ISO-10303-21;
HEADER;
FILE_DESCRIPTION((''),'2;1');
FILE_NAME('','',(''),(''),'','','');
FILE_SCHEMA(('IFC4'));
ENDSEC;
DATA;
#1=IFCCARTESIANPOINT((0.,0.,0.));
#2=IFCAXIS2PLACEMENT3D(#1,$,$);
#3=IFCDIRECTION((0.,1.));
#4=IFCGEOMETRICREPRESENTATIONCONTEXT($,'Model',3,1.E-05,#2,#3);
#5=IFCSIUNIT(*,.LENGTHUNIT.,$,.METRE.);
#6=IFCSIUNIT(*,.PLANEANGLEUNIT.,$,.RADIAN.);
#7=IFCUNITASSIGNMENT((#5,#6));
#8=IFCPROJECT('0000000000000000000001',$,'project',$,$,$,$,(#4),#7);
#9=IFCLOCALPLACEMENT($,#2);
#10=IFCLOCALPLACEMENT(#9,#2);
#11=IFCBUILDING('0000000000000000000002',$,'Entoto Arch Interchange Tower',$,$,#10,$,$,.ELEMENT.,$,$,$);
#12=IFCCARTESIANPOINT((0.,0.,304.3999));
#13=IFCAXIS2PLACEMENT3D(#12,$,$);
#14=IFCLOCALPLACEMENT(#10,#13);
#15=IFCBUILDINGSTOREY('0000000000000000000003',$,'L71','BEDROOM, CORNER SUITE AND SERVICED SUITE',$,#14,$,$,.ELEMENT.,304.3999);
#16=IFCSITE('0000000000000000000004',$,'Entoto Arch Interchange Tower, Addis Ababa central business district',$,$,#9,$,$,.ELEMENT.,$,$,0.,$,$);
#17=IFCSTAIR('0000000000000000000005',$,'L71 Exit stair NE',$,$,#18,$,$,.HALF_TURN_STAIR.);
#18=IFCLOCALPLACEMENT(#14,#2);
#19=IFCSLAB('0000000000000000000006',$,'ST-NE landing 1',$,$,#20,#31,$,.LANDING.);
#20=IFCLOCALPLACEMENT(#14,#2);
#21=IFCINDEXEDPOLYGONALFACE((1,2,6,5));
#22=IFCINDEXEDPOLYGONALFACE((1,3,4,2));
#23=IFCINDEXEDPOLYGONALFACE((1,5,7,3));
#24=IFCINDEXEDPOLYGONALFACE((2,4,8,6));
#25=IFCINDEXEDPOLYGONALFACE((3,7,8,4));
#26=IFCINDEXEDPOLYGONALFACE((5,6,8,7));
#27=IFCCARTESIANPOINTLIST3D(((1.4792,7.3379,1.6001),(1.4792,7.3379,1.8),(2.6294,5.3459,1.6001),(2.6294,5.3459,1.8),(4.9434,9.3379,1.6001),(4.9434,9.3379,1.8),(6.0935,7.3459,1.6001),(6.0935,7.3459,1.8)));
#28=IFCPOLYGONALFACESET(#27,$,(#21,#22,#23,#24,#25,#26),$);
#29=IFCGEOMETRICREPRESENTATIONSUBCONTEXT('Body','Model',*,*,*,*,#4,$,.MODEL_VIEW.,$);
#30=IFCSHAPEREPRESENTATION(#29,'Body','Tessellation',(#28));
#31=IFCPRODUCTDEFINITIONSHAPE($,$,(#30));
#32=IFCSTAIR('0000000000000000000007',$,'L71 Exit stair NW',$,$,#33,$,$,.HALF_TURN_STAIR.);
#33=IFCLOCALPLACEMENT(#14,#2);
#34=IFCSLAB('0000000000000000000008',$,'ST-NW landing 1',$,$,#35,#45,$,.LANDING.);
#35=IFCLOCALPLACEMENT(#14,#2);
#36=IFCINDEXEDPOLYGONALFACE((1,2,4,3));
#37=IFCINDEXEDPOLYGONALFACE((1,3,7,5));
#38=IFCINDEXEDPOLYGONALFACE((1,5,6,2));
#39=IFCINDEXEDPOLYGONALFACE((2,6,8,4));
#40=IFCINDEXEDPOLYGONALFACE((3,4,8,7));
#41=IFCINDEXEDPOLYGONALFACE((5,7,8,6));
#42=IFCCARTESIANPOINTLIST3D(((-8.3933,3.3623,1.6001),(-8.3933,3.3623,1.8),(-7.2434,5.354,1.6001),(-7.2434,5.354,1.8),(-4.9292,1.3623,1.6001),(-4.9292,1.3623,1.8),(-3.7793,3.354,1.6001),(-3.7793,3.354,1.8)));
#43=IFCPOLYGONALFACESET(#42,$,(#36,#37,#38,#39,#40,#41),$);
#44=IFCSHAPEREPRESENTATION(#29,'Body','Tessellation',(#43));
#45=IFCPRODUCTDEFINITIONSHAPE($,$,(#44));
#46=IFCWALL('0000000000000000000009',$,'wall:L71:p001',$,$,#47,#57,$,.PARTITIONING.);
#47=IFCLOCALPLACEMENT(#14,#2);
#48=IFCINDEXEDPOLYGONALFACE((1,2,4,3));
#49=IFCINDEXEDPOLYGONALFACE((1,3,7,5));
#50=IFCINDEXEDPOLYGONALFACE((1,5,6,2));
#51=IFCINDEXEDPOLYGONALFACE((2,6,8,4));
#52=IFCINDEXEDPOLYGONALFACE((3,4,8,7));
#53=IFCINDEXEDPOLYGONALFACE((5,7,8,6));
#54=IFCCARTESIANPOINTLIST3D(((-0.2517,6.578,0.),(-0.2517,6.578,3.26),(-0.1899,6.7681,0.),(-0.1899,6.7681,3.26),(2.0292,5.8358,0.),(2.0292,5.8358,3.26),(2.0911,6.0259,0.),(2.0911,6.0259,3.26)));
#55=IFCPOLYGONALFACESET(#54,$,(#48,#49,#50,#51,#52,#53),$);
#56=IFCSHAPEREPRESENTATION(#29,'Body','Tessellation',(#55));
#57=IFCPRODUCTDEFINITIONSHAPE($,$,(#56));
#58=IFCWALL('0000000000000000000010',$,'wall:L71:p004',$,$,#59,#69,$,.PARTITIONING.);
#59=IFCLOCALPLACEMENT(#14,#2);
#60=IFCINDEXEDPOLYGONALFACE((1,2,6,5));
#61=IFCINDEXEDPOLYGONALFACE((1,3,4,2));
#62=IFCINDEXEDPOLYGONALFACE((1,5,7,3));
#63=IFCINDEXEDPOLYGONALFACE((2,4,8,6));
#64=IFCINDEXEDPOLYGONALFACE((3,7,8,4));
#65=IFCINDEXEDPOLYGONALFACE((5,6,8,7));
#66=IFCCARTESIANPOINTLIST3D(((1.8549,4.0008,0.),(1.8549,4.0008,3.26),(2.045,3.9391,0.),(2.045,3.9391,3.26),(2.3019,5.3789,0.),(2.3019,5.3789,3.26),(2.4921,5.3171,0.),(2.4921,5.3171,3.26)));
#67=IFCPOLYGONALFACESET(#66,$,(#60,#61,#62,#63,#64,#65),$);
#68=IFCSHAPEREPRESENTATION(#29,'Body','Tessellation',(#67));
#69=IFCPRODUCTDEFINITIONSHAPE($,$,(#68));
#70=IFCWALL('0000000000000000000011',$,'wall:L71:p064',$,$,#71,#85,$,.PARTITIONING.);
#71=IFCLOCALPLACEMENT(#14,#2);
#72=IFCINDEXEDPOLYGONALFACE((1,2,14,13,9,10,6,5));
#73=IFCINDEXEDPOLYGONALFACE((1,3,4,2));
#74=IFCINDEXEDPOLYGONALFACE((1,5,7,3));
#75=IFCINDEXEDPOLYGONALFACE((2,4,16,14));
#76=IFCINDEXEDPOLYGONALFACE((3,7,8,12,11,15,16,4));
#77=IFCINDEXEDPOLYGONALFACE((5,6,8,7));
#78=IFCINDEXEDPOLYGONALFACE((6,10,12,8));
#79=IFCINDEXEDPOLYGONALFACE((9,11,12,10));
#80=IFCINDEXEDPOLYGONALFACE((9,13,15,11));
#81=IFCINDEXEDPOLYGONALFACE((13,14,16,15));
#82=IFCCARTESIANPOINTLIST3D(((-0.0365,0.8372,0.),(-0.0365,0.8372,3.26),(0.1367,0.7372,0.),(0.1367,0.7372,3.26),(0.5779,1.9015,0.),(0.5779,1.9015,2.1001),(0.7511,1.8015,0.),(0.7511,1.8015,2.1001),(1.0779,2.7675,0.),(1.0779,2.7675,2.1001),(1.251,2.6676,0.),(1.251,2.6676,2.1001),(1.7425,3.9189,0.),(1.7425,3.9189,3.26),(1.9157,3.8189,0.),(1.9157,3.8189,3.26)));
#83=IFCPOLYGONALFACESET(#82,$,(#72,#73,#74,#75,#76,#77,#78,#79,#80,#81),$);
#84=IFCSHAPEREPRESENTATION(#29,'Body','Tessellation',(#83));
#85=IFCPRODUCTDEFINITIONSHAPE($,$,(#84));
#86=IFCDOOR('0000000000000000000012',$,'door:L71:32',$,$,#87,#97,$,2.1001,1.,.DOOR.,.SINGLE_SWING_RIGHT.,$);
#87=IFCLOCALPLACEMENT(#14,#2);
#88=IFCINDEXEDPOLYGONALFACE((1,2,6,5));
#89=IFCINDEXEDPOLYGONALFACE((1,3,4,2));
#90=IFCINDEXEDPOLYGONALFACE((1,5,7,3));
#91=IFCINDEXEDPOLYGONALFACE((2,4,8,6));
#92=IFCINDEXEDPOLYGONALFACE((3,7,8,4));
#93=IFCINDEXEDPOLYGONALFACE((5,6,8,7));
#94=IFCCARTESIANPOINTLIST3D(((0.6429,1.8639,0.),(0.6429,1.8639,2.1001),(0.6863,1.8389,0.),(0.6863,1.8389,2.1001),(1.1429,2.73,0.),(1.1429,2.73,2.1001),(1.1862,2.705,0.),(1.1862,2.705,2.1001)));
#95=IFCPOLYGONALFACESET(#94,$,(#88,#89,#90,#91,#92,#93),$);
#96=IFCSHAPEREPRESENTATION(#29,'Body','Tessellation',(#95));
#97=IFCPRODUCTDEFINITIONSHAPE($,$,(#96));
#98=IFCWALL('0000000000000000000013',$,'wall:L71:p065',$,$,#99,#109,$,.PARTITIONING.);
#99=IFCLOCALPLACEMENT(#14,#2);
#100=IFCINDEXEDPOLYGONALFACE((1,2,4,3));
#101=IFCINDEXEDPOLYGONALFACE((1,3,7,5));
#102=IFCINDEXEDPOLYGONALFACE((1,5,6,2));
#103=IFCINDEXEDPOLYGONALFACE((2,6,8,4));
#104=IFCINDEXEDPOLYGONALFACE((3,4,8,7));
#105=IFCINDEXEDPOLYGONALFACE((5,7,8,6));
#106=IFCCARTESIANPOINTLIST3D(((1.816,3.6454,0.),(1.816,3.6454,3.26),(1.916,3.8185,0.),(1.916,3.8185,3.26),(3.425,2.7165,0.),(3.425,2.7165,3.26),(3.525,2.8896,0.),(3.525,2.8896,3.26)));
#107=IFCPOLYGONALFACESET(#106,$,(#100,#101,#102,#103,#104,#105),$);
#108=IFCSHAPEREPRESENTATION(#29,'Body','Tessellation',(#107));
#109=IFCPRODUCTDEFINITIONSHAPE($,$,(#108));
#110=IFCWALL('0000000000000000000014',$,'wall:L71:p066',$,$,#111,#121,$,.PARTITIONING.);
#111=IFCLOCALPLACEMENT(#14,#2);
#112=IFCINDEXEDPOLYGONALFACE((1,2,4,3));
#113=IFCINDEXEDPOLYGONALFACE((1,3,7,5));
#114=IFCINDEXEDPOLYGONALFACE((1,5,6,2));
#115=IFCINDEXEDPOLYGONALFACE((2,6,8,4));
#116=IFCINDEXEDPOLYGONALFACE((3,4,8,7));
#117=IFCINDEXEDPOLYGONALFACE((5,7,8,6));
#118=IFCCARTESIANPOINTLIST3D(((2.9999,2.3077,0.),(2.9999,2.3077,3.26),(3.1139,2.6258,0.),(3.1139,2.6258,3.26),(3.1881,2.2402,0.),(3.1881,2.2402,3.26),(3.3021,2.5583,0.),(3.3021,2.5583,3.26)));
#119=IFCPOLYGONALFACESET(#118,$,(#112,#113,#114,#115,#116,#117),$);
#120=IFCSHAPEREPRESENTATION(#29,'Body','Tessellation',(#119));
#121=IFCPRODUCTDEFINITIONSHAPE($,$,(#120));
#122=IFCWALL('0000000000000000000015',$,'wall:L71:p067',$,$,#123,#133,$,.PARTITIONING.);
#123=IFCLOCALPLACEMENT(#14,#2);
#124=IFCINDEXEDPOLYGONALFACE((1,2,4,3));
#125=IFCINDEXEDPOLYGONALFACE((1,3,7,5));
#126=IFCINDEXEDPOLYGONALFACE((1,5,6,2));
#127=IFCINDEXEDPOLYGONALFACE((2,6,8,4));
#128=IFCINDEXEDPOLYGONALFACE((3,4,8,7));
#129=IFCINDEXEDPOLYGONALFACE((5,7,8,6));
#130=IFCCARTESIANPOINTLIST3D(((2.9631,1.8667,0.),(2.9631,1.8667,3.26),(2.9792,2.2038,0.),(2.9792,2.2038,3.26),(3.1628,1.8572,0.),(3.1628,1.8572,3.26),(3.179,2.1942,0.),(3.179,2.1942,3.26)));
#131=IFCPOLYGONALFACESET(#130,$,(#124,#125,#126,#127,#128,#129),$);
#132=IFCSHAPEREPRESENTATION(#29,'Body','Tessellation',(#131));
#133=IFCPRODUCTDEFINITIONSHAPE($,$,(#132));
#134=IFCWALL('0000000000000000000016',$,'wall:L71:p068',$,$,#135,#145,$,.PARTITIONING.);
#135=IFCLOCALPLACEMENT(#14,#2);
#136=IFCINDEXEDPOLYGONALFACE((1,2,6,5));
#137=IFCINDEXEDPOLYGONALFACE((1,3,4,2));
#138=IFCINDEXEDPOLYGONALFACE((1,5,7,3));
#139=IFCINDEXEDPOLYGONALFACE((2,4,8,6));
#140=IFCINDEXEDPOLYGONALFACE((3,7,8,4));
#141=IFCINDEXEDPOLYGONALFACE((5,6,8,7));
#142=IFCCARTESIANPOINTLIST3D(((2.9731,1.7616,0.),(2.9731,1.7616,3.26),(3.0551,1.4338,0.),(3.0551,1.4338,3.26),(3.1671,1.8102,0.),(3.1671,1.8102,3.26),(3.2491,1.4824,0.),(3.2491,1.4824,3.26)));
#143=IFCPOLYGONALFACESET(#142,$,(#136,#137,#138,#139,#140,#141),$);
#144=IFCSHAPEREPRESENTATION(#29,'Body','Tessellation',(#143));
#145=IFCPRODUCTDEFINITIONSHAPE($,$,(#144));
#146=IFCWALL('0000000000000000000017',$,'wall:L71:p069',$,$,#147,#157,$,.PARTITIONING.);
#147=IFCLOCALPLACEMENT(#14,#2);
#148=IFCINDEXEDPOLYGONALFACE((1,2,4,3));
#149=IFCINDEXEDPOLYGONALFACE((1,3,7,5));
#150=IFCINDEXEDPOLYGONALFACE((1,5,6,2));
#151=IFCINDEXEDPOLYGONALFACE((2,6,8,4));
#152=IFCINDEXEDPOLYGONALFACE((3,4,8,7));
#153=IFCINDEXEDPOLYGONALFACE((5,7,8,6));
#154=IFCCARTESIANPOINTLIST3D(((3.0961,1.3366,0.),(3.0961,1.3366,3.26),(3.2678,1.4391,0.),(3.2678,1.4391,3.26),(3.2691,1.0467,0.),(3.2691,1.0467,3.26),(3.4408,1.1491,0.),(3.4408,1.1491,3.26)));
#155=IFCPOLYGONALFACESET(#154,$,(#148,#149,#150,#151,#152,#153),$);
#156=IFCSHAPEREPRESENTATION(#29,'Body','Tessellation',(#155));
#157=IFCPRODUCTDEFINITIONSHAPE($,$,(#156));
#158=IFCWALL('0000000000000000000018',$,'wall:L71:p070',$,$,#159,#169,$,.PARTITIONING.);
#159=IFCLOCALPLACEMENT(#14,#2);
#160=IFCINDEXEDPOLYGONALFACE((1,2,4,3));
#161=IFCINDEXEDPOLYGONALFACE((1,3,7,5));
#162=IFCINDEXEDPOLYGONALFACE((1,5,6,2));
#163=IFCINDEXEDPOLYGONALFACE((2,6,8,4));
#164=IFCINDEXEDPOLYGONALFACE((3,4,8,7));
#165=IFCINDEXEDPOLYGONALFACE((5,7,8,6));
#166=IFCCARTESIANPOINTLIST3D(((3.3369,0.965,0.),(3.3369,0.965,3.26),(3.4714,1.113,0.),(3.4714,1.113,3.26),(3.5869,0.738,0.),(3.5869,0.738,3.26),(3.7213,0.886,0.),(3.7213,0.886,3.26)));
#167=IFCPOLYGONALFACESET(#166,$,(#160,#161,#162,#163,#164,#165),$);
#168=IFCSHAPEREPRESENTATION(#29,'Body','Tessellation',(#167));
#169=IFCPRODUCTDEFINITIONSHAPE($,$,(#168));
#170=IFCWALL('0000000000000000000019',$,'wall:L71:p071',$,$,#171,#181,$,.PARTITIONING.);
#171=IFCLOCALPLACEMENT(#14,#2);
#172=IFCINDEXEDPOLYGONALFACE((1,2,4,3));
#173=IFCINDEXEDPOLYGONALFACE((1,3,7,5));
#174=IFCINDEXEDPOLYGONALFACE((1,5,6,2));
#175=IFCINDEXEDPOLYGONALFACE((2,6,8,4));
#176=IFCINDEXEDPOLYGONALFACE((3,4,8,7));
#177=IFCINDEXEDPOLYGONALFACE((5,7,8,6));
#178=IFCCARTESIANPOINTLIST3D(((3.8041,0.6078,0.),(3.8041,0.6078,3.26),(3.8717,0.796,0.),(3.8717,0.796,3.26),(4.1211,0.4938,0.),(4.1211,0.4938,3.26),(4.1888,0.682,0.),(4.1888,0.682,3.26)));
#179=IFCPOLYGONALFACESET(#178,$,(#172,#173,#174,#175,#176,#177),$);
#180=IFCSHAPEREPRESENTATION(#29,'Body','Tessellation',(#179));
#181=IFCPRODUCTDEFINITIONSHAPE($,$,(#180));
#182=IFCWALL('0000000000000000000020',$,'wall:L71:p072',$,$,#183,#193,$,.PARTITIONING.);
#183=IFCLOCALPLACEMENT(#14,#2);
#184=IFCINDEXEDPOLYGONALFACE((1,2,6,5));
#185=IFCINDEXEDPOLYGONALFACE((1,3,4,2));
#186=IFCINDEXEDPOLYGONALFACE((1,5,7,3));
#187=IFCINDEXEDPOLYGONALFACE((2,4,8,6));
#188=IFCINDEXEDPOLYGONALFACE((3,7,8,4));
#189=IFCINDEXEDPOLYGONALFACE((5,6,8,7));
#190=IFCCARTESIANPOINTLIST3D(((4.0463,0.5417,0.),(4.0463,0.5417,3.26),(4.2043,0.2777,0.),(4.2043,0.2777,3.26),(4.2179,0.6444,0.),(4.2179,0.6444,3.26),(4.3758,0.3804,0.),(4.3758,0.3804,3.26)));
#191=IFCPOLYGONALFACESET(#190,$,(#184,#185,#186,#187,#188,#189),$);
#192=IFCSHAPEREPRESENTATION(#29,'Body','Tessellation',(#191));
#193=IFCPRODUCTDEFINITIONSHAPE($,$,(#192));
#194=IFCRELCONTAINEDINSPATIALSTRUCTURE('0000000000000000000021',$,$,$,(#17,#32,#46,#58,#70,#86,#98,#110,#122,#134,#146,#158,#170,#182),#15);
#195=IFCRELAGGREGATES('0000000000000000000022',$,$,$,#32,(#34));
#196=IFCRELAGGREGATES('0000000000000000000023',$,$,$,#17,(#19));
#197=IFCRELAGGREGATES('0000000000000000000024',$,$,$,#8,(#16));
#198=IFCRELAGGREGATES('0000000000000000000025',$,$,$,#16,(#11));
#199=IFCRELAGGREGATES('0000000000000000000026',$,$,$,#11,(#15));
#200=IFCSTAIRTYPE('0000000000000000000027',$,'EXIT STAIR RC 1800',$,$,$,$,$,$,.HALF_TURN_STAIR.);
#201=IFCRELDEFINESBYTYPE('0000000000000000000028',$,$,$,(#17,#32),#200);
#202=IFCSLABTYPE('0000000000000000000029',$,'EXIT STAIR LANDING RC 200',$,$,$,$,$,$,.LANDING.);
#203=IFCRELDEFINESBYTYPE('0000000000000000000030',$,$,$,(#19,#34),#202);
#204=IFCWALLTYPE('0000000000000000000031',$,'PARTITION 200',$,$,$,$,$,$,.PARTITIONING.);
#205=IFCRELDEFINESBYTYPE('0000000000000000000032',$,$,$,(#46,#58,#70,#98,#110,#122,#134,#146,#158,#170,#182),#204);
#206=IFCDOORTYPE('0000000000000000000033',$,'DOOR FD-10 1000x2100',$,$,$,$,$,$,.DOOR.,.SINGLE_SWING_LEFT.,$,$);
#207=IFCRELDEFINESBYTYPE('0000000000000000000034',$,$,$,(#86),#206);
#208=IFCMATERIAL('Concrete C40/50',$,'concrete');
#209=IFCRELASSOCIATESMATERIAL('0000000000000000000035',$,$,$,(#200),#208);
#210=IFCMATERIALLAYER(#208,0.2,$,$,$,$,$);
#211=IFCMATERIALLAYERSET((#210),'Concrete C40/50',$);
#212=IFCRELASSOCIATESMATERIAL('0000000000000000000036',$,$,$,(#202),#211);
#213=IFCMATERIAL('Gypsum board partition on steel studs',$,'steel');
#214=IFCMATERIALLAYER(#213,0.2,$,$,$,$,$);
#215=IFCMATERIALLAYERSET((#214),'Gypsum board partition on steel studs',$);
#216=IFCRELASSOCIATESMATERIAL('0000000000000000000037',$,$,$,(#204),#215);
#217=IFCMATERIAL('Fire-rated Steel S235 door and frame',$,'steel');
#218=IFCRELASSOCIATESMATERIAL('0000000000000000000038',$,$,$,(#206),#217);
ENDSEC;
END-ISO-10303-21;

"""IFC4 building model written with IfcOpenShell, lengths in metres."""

from ifc_helpers import new_model, si_unit, direction, frame, frame_2d, origin, place, context, subcontext, project, spatial, polyline, rectangle, outline, extrude, material, layer, layer_set, type_object, element, fill, aggregate, save


model = new_model("IFC4")

# Units and contexts
model_context = context("Model", 3, precision=1e-05, world=origin(), true_north=direction((0.0, 1.0)))
body_context = subcontext(model_context, "Body", "Model", "MODEL_VIEW")
ifc_project = project(units=[si_unit("LENGTHUNIT", "METRE"), si_unit("PLANEANGLEUNIT", "RADIAN")], contexts=[model_context])

# Site, building, storey
site_placement = place(None, origin())
site = spatial("IfcSite", under=ifc_project, at=site_placement, Name="Entoto Arch Interchange Tower, Addis Ababa central business district", CompositionType="ELEMENT", RefElevation=0.0)
building_placement = place(site_placement, origin())
building = spatial("IfcBuilding", under=site, at=building_placement, Name="Entoto Arch Interchange Tower", CompositionType="ELEMENT")
storey_placement = place(building_placement, frame((0.0, 0.0, 304.3999)))
storey = spatial("IfcBuildingStorey", under=building, at=storey_placement, Name="L71", Description="BEDROOM, CORNER SUITE AND SERVICED SUITE", CompositionType="ELEMENT", Elevation=304.3999)

# Stairs, slabs
ifc_material_1 = material(Name="Concrete C40/50", Category="concrete")
stair_type = type_object("IfcStairType", Name="EXIT STAIR RC 1800", PredefinedType="HALF_TURN_STAIR", material=ifc_material_1)
stair_1_placement = place(storey_placement, origin())
stair_1 = element("IfcStair", 1, at=stair_1_placement, inside=storey, type_object=stair_type, Name="L71 Exit stair NE", PredefinedType="HALF_TURN_STAIR")
ifc_layer_1 = layer(ifc_material_1, 0.2)
ifc_layer_set_1 = layer_set([ifc_layer_1], Name="Concrete C40/50")
slab_type = type_object("IfcSlabType", Name="EXIT STAIR LANDING RC 200", PredefinedType="LANDING", material=ifc_layer_set_1)
slab_1_placement = place(storey_placement, frame((0.0, 0.0, 1.6001)))
slab_1 = element("IfcSlab", 2, at=slab_1_placement, type_object=slab_type, Name="ST-NE landing 1", PredefinedType="LANDING", context=body_context, shape_type="SweptSolid", body=[
    extrude(outline(polyline([(6.0935, 7.3459), (4.9434, 9.3379), (1.4792, 7.3379), (2.6294, 5.3459), (6.0935, 7.3459)])), origin(), (0.0, 0.0, 1.0), 0.2),
])
stair_2_placement = place(storey_placement, origin())
stair_2 = element("IfcStair", 3, at=stair_2_placement, inside=storey, type_object=stair_type, Name="L71 Exit stair NW", PredefinedType="HALF_TURN_STAIR")
slab_2_placement = place(storey_placement, frame((0.0, 0.0, 1.6001)))
slab_2 = element("IfcSlab", 4, at=slab_2_placement, type_object=slab_type, Name="ST-NW landing 1", PredefinedType="LANDING", context=body_context, shape_type="SweptSolid", body=[
    extrude(outline(polyline([(-7.2434, 5.354), (-8.3933, 3.3623), (-4.9292, 1.3623), (-3.7793, 3.354), (-7.2434, 5.354)])), origin(), (0.0, 0.0, 1.0), 0.2),
])
aggregate(stair_2, [slab_2])

# Walls
ifc_material_2 = material(Name="Gypsum board partition on steel studs", Category="steel")
ifc_layer_2 = layer(ifc_material_2, 0.2)
ifc_layer_set_2 = layer_set([ifc_layer_2], Name="Gypsum board partition on steel studs")
wall_type_1 = type_object("IfcWallType", Name="PARTITION 200", PredefinedType="PARTITIONING", material=ifc_layer_set_2)
wall_1_placement = place(storey_placement, frame((2.0601, 5.9309, 0.0), z_axis=(0.0, 0.0, 1.0), x_axis=(-0.950929, 0.309411, 0.0)))
element("IfcWall", 5, at=wall_1_placement, inside=storey, type_object=wall_type_1, Name="wall:L71:p001", PredefinedType="PARTITIONING", context=body_context, shape_type="SweptSolid", body=[
    extrude(rectangle(XDim=2.3987, YDim=0.2, at=frame_2d((1.1992, 0.0))), origin(), (0.0, 0.0, 1.0), 3.26),
])
wall_2_placement = place(storey_placement, frame((1.95, 3.97, 0.0), z_axis=(0.0, 0.0, 1.0), x_axis=(0.308583, 0.951197, 0.0)))
element("IfcWall", 6, at=wall_2_placement, inside=storey, type_object=wall_type_1, Name="wall:L71:p004", PredefinedType="PARTITIONING", context=body_context, shape_type="SweptSolid", body=[
    extrude(rectangle(XDim=1.4487, YDim=0.2, at=frame_2d((0.7244, 0.0))), origin(), (0.0, 0.0, 1.0), 3.26),
])

# Wall, opening, door
wall_3_placement = place(storey_placement, frame((0.05, 0.7871, 0.0), z_axis=(0.0, 0.0, 1.0), x_axis=(0.499954, 0.866052, 0.0)))
wall_3 = element("IfcWall", 7, at=wall_3_placement, inside=storey, type_object=wall_type_1, Name="wall:L71:p064", PredefinedType="PARTITIONING", context=body_context, shape_type="SweptSolid", body=[
    extrude(rectangle(XDim=3.5583, YDim=0.2, at=frame_2d((1.7793, 0.0))), origin(), (0.0, 0.0, 1.0), 3.26),
])
opening_1_placement = place(wall_3_placement, frame((1.229, 0.0, 0.0)))
opening_1 = element("IfcOpeningElement", 8, at=opening_1_placement, cuts=wall_3, PredefinedType="OPENING", context=body_context, shape_type="SweptSolid", body=[
    extrude(rectangle(XDim=1.0, YDim=2.1001, at=frame_2d((0.5, 1.05))), frame((0.0, 0.1099, 0.0), z_axis=(0.0, -1.0, 0.0), x_axis=(1.0, 0.0, 0.0)), (0.0, 0.0, 1.0), 0.22),
])
ifc_material_3 = material(Name="Fire-rated Steel S235 door and frame", Category="steel")
door_type_1 = type_object("IfcDoorType", Name="DOOR FD-10 1000x2100", OperationType="SINGLE_SWING_LEFT", PredefinedType="DOOR", material=ifc_material_3)
door_1_placement = place(opening_1_placement, origin())
door_1 = element("IfcDoor", 9, at=door_1_placement, inside=storey, type_object=door_type_1, Name="door:L71:32", OperationType="SINGLE_SWING_RIGHT", OverallHeight=2.1001, OverallWidth=1.0, PredefinedType="DOOR", context=body_context, shape_type="SweptSolid", body=[
    extrude(rectangle(XDim=1.0, YDim=2.1001, at=frame_2d((0.5, 1.05))), frame((0.0, 0.0249, 0.0), z_axis=(0.0, -1.0, 0.0), x_axis=(1.0, 0.0, 0.0)), (0.0, 0.0, 1.0), 0.05),
])
fill(opening_1, door_1)

# Walls
wall_4_placement = place(storey_placement, frame((1.866, 3.7319, 0.0), z_axis=(0.0, 0.0, 1.0), x_axis=(0.866043, -0.499969, 0.0)))
element("IfcWall", 10, at=wall_4_placement, inside=storey, type_object=wall_type_1, Name="wall:L71:p065", PredefinedType="PARTITIONING", context=body_context, shape_type="SweptSolid", body=[
    extrude(rectangle(XDim=1.8579, YDim=0.2, at=frame_2d((0.929, 0.0))), origin(), (0.0, 0.0, 1.0), 3.26),
])
wall_5_placement = place(storey_placement, frame((3.208, 2.592, 0.0), z_axis=(0.0, 0.0, 1.0), x_axis=(-0.337389, -0.941365, 0.0)))
element("IfcWall", 11, at=wall_5_placement, inside=storey, type_object=wall_type_1, Name="wall:L71:p066", PredefinedType="PARTITIONING", context=body_context, shape_type="SweptSolid", body=[
    extrude(rectangle(XDim=0.3379, YDim=0.2, at=frame_2d((0.1689, 0.0))), origin(), (0.0, 0.0, 1.0), 3.26),
])
wall_6_placement = place(storey_placement, frame((3.0791, 2.199, 0.0), z_axis=(0.0, 0.0, 1.0), x_axis=(-0.047771, -0.998858, 0.0)))
element("IfcWall", 12, at=wall_6_placement, inside=storey, type_object=wall_type_1, Name="wall:L71:p067", PredefinedType="PARTITIONING", context=body_context, shape_type="SweptSolid", body=[
    extrude(rectangle(XDim=0.3374, YDim=0.2, at=frame_2d((0.1687, 0.0))), origin(), (0.0, 0.0, 1.0), 3.26),
])
wall_7_placement = place(storey_placement, frame((3.0701, 1.7859, 0.0), z_axis=(0.0, 0.0, 1.0), x_axis=(0.242706, -0.9701, 0.0)))
element("IfcWall", 13, at=wall_7_placement, inside=storey, type_object=wall_type_1, Name="wall:L71:p068", PredefinedType="PARTITIONING", context=body_context, shape_type="SweptSolid", body=[
    extrude(rectangle(XDim=0.3379, YDim=0.2, at=frame_2d((0.1689, 0.0))), origin(), (0.0, 0.0, 1.0), 3.26),
])
for number, where, z_axis, x_axis, name in (
    (14, (3.1819, 1.3879, 0.0), (0.0, 0.0, 1.0), (0.512475, -0.858702, 0.0), "wall:L71:p069"),
    (15, (3.4041, 1.0391, 0.0), (0.0, 0.0, 1.0), (0.740267, -0.672313, 0.0), "wall:L71:p070"),
):
    element("IfcWall", number, at=place(storey_placement, frame(where, z_axis=z_axis, x_axis=x_axis)), inside=storey, type_object=wall_type_1, Name=name, PredefinedType="PARTITIONING", context=body_context, shape_type="SweptSolid", body=[
        extrude(rectangle(XDim=0.3376, YDim=0.2, at=frame_2d((0.1689, 0.0))), origin(), (0.0, 0.0, 1.0), 3.26),
    ])
wall_8_placement = place(storey_placement, frame((3.8379, 0.7019, 0.0), z_axis=(0.0, 0.0, 1.0), x_axis=(0.941035, -0.338309, 0.0)))
element("IfcWall", 16, at=wall_8_placement, inside=storey, type_object=wall_type_1, Name="wall:L71:p071", PredefinedType="PARTITIONING", context=body_context, shape_type="SweptSolid", body=[
    extrude(rectangle(XDim=0.3369, YDim=0.2, at=frame_2d((0.1685, 0.0))), origin(), (0.0, 0.0, 1.0), 3.26),
])
wall_9_placement = place(storey_placement, frame((4.1321, 0.593, 0.0), z_axis=(0.0, 0.0, 1.0), x_axis=(0.513562, -0.858053, 0.0)))
element("IfcWall", 17, at=wall_9_placement, inside=storey, type_object=wall_type_1, Name="wall:L71:p072", PredefinedType="PARTITIONING", context=body_context, shape_type="SweptSolid", body=[
    extrude(rectangle(XDim=0.3076, YDim=0.2, at=frame_2d((0.1538, 0.0))), origin(), (0.0, 0.0, 1.0), 3.26),
])

aggregate(stair_1, [slab_1])

save(model, "model.ifc")
